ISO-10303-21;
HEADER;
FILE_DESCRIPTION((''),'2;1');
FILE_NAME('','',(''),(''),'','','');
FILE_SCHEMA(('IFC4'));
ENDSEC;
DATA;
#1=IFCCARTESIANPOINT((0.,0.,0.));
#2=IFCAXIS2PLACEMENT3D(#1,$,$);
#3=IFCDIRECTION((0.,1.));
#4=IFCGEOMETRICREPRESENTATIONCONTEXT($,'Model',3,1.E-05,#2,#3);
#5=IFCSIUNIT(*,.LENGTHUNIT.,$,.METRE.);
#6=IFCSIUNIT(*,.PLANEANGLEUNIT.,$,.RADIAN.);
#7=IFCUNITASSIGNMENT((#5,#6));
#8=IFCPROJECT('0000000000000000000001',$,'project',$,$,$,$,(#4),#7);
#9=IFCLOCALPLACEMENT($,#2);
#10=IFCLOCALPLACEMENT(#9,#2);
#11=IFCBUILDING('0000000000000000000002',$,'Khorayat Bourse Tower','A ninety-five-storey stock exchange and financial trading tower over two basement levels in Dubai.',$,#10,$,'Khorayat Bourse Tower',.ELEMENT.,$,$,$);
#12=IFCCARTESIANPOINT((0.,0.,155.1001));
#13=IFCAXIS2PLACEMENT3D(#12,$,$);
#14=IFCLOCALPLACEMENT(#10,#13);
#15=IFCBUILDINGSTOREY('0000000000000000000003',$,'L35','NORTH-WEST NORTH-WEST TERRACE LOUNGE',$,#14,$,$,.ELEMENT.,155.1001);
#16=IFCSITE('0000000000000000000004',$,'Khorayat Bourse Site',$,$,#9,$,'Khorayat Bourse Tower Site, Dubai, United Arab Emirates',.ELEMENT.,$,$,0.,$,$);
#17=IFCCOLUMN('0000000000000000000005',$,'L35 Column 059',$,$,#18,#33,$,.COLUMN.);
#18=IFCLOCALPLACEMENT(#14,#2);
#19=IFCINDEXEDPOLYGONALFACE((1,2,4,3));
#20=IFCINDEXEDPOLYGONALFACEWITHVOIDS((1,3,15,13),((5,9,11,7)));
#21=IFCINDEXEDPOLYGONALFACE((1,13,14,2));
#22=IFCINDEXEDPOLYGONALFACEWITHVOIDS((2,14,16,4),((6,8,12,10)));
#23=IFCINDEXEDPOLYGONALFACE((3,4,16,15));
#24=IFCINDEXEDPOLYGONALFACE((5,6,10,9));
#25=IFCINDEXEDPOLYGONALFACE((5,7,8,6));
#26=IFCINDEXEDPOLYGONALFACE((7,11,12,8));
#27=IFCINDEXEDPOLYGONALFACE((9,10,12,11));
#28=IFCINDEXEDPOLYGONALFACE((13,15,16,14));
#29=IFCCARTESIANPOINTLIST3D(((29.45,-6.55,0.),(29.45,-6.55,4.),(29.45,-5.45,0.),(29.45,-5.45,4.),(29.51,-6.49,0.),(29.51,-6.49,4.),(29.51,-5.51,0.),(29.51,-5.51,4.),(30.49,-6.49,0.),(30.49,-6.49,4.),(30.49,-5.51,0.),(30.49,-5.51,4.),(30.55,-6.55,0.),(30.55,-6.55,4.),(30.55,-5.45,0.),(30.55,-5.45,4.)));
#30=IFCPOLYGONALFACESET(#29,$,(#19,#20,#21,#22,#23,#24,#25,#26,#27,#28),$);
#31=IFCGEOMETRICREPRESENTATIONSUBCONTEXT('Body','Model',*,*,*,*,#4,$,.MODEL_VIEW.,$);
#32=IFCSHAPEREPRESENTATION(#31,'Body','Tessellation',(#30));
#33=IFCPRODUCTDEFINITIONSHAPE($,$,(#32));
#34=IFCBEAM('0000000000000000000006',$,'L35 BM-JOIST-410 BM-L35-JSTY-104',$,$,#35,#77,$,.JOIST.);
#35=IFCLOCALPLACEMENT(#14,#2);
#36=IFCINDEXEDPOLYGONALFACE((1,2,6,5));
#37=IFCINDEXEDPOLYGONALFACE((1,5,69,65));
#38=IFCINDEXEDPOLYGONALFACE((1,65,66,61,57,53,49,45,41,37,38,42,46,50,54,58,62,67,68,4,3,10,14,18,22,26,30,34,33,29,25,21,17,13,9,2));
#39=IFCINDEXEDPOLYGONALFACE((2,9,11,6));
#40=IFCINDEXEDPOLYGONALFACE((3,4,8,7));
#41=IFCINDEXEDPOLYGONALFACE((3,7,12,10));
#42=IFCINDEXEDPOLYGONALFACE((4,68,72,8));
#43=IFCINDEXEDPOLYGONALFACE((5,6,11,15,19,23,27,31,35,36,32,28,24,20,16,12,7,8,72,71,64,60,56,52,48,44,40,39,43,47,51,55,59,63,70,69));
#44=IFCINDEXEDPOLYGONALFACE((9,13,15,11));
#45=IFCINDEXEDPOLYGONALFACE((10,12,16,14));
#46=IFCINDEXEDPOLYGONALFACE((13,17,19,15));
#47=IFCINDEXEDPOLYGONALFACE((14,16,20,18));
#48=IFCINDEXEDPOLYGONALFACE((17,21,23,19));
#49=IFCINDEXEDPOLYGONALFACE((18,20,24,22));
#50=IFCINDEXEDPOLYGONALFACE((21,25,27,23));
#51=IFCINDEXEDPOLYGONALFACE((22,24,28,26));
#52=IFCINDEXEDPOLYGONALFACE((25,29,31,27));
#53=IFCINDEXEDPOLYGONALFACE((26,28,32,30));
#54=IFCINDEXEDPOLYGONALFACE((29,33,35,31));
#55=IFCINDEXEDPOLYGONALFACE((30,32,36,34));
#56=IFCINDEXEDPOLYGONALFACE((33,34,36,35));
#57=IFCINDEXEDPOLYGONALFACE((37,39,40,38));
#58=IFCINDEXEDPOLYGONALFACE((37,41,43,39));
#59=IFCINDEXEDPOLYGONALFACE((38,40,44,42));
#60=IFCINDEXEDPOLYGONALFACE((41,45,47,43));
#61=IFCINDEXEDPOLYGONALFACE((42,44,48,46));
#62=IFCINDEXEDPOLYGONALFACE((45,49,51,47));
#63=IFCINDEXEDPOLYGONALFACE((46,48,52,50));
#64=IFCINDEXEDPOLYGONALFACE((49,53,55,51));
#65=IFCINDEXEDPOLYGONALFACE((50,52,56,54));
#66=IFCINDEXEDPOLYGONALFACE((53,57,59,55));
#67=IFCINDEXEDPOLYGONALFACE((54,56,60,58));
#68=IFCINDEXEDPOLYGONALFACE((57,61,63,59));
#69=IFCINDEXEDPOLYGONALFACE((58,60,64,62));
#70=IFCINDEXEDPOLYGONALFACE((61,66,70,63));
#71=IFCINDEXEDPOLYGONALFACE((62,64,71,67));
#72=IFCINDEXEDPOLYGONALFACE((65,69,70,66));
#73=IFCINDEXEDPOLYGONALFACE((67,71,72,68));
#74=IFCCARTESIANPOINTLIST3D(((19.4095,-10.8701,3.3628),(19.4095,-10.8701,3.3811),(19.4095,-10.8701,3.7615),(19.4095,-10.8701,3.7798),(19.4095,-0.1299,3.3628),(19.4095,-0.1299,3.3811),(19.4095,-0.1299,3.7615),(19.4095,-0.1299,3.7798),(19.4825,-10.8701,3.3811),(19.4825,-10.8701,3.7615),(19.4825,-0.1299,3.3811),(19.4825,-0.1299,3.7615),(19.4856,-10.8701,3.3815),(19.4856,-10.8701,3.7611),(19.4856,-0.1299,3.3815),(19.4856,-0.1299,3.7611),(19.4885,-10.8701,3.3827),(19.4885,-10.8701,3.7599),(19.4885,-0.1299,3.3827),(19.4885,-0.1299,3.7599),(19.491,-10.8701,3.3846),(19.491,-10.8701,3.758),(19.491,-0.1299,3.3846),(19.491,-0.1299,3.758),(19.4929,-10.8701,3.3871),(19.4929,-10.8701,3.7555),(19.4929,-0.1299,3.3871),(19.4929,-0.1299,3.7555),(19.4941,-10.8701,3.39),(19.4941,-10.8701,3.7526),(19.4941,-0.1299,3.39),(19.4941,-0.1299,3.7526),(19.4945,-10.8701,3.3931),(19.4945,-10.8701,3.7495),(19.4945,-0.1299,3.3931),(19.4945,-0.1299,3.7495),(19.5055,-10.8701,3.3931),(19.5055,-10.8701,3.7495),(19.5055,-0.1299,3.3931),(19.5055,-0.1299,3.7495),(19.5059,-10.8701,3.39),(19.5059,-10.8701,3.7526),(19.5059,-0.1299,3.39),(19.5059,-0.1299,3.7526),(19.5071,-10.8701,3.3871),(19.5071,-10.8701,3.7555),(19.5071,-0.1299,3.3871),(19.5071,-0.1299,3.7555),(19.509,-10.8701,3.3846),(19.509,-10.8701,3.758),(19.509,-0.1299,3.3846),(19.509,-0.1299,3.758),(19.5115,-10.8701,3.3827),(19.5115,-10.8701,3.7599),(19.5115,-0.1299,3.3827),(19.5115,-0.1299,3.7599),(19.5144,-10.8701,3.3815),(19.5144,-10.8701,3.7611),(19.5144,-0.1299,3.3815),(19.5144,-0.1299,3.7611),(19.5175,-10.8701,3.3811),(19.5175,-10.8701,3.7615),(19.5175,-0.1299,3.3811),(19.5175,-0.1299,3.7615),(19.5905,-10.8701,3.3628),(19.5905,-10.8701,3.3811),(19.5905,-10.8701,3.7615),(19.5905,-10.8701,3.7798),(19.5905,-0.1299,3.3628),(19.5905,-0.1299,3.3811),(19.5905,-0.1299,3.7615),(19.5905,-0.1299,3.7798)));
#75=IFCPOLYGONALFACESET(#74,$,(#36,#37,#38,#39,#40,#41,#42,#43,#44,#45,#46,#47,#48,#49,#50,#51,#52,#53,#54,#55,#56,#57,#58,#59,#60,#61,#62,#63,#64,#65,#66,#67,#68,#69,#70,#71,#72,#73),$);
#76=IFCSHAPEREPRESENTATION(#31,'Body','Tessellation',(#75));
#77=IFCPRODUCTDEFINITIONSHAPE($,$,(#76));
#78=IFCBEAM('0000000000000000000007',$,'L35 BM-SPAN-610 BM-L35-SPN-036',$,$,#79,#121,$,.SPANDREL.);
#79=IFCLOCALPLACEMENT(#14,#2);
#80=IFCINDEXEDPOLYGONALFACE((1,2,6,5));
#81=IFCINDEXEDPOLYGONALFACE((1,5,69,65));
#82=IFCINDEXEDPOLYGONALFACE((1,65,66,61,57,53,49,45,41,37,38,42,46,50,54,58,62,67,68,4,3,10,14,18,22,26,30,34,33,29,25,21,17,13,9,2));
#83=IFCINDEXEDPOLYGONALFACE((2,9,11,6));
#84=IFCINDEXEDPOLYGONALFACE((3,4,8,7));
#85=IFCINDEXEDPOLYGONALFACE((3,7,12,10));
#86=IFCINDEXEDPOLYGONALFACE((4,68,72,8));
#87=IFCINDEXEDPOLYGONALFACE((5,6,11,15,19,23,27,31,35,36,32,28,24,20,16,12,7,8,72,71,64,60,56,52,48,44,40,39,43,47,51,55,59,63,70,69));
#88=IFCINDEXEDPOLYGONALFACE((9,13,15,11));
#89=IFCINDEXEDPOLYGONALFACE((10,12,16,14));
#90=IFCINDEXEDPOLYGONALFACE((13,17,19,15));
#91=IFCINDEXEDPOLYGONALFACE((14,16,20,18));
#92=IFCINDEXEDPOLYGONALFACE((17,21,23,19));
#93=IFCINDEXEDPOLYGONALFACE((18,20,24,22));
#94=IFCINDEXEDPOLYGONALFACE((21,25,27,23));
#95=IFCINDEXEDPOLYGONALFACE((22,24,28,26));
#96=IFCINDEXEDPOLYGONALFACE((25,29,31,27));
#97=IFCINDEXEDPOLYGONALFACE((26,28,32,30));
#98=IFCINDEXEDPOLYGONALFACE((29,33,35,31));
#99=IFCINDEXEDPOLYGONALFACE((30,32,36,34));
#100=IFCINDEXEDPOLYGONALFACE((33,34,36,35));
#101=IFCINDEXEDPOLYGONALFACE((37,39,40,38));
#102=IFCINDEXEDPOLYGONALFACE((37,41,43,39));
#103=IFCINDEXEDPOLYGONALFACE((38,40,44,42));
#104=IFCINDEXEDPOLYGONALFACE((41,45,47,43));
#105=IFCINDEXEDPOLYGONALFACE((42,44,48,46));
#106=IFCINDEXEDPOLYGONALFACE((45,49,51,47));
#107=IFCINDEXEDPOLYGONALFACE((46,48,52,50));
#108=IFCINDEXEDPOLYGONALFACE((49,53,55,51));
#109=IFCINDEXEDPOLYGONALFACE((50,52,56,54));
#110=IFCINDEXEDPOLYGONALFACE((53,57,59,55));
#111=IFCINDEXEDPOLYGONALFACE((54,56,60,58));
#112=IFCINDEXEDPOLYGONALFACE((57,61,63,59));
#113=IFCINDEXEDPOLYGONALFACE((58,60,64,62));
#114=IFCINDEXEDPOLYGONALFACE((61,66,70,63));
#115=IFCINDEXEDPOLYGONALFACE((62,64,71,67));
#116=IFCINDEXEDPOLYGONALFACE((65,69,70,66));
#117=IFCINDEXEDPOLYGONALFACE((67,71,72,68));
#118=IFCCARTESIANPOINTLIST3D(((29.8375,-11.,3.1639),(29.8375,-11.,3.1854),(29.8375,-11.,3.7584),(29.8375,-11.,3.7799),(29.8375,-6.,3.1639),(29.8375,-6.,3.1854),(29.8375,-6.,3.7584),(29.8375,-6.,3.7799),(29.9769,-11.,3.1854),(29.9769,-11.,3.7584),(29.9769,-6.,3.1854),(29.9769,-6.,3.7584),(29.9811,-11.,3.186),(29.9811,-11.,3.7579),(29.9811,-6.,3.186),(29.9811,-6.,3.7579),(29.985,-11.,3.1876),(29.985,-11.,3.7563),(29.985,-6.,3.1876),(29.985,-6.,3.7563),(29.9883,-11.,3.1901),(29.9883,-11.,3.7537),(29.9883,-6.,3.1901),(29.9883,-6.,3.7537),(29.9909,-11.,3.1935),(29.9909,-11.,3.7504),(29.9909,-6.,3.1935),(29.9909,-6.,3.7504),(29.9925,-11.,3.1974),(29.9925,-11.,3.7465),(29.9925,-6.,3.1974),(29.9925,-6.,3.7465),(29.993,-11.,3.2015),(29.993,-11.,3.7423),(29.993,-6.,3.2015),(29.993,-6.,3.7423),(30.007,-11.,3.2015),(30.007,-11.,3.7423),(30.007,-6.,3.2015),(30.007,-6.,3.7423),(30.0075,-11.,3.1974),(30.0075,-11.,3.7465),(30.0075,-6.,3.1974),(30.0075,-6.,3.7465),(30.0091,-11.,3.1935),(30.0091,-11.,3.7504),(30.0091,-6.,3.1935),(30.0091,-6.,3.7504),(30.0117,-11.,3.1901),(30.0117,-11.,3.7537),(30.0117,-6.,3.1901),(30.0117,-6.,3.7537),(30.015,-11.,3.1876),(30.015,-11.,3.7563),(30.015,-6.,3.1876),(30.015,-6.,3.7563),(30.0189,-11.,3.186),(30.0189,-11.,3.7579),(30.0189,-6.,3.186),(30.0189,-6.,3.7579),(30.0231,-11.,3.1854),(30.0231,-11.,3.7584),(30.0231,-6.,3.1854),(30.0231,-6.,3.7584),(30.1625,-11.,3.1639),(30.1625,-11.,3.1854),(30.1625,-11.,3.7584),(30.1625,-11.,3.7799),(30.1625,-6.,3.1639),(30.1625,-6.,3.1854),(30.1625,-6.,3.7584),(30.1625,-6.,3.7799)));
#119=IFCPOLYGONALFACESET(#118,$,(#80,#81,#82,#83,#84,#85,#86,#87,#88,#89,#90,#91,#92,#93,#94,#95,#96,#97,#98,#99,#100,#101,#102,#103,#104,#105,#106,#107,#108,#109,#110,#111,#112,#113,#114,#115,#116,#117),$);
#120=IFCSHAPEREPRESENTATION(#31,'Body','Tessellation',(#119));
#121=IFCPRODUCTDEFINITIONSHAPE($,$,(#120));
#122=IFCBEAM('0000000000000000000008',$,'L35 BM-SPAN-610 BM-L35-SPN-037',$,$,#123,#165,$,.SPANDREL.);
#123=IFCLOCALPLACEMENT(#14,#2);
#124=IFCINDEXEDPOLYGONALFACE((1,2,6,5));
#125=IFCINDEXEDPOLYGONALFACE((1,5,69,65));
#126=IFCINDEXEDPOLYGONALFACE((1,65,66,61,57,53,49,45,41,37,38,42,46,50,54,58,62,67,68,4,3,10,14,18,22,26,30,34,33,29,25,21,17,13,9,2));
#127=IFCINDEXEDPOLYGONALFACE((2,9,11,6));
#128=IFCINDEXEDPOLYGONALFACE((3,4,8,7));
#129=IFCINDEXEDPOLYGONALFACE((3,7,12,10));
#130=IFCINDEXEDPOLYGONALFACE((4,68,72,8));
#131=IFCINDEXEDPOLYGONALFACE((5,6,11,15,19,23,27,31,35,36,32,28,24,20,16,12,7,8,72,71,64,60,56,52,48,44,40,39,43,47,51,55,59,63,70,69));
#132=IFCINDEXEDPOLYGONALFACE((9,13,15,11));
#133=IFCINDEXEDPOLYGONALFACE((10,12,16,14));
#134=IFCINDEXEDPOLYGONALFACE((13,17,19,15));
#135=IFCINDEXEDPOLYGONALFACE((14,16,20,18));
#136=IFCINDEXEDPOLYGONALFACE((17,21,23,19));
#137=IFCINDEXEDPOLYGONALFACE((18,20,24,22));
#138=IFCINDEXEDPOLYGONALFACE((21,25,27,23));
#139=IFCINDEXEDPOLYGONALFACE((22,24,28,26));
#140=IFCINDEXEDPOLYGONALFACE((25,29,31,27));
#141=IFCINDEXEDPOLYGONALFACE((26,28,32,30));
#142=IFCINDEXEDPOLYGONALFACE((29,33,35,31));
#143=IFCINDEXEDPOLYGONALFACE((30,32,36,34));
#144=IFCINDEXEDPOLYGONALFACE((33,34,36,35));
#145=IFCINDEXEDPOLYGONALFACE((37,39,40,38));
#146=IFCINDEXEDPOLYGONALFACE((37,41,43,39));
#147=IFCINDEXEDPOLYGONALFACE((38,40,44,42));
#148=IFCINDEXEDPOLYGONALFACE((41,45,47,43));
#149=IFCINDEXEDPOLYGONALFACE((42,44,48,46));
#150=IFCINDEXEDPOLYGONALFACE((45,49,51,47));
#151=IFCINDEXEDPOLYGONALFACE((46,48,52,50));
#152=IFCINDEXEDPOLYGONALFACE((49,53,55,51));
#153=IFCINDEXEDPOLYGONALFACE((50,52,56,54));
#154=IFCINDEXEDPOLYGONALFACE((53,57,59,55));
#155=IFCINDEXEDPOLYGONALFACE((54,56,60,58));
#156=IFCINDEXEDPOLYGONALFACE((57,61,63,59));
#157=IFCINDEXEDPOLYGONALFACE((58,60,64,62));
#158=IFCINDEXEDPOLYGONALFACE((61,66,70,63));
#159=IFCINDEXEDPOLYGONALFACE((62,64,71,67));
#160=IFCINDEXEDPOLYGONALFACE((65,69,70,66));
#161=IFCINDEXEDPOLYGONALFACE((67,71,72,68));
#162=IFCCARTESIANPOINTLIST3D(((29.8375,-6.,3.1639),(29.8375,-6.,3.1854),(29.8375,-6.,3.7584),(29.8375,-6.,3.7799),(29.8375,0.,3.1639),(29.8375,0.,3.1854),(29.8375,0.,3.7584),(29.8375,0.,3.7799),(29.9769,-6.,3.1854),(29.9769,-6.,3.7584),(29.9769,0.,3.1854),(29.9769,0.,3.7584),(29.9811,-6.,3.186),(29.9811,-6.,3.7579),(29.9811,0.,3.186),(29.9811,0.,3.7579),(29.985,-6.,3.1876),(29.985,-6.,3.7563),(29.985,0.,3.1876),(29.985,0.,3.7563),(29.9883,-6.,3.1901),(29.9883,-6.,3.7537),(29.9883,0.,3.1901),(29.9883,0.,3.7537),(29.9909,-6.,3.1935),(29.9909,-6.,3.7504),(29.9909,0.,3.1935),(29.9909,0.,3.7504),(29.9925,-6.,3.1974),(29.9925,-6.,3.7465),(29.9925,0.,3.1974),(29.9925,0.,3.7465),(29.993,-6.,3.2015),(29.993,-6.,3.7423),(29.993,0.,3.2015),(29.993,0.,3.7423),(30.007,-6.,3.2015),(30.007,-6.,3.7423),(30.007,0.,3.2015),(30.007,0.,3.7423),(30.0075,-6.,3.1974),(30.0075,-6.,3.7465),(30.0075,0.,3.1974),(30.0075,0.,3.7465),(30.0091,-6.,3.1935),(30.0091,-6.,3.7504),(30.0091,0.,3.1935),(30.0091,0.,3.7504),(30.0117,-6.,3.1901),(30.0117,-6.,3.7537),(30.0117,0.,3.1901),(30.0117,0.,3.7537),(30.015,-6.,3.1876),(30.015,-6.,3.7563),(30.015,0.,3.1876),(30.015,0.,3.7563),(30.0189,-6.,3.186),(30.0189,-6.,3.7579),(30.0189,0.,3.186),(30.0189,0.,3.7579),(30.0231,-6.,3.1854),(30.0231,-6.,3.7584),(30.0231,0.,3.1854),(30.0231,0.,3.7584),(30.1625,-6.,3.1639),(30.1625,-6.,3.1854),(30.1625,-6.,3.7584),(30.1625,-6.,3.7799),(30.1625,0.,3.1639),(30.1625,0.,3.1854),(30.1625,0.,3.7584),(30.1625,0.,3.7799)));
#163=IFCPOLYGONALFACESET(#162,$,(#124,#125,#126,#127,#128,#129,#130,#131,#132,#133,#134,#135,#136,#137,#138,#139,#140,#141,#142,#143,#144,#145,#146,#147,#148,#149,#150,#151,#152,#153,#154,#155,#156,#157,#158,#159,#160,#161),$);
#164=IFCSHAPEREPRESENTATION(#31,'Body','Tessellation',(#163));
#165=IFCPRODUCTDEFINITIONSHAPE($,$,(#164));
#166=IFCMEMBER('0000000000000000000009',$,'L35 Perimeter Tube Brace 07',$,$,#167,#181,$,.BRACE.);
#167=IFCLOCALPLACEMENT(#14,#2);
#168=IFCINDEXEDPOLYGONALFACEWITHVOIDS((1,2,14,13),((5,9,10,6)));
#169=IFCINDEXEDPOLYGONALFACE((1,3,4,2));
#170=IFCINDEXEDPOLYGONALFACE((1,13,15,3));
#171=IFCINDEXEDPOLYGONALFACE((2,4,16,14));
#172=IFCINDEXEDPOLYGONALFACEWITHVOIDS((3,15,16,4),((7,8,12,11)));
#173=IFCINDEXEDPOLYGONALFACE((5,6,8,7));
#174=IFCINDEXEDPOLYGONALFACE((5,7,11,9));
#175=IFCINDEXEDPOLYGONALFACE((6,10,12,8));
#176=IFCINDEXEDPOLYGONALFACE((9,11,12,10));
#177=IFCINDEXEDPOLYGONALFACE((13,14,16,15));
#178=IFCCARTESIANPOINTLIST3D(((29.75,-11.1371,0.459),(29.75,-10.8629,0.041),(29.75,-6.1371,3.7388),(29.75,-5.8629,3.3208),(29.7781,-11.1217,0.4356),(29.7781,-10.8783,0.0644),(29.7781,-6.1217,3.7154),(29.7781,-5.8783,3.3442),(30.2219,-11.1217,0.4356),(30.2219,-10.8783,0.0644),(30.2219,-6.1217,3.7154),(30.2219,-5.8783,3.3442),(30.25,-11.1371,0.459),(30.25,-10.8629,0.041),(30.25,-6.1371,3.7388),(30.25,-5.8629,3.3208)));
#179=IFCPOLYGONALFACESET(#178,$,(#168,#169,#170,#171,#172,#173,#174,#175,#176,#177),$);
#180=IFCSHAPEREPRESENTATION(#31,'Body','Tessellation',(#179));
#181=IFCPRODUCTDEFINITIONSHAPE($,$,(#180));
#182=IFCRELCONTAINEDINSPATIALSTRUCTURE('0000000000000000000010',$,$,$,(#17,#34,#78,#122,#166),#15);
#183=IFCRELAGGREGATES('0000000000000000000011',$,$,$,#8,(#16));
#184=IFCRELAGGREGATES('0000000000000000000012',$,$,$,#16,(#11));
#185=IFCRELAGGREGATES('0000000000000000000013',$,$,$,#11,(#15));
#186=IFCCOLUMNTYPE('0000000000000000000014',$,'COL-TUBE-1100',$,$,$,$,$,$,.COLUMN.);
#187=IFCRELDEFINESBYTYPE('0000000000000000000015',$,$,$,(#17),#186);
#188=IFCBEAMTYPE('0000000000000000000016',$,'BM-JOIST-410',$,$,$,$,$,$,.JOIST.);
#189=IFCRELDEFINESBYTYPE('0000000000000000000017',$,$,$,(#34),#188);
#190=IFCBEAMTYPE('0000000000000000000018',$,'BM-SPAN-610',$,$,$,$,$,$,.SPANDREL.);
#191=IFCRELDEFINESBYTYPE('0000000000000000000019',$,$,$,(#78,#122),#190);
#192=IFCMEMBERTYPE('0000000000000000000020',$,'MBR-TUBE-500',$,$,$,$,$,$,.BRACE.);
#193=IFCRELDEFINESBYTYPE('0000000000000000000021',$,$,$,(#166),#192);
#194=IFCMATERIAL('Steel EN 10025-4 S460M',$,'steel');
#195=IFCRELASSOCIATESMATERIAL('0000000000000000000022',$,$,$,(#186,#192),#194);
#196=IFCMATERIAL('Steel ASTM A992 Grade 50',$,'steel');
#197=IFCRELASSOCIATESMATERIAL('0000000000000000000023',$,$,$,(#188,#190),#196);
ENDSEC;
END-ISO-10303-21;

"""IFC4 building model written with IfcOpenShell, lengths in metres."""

from ifc_helpers import new_model, si_unit, direction, frame, origin, origin_2d, place, context, subcontext, project, spatial, hollow_rectangle, i_section, extrude, source, transform, mapped, material, material_profile, profile_set, type_object, element, save


model = new_model("IFC4")

# Units and contexts
model_context = context("Model", 3, precision=1e-05, world=origin(), true_north=direction((0.0, 1.0)))
body_context = subcontext(model_context, "Body", "Model", "MODEL_VIEW")
ifc_project = project(units=[si_unit("LENGTHUNIT", "METRE"), si_unit("PLANEANGLEUNIT", "RADIAN")], contexts=[model_context])

# Site, building, storey
site_placement = place(None, origin())
site = spatial("IfcSite", under=ifc_project, at=site_placement, Name="Khorayat Bourse Site", LongName="Khorayat Bourse Tower Site, Dubai, United Arab Emirates", CompositionType="ELEMENT", RefElevation=0.0)
building_placement = place(site_placement, origin())
building = spatial("IfcBuilding", under=site, at=building_placement, Name="Khorayat Bourse Tower", Description="A ninety-five-storey stock exchange and financial trading tower over two basement levels in Dubai.", LongName="Khorayat Bourse Tower", CompositionType="ELEMENT")
storey_placement = place(building_placement, frame((0.0, 0.0, 155.1001)))
storey = spatial("IfcBuildingStorey", under=building, at=storey_placement, Name="L35", Description="NORTH-WEST NORTH-WEST TERRACE LOUNGE", CompositionType="ELEMENT", Elevation=155.1001)

# Column
ifc_material_1 = material(Name="Steel EN 10025-4 S460M", Category="steel")
ifc_material_profile_1 = material_profile(ifc_material_1, hollow_rectangle(XDim=1.1001, YDim=1.1001, WallThickness=0.0601, at=origin_2d()), Name="BOX 1100x1100x60")
ifc_profile_set_1 = profile_set([ifc_material_profile_1], Name="Steel EN 10025-4 S460M")
column_type = type_object("IfcColumnType", Name="COL-TUBE-1100", PredefinedType="COLUMN", material=ifc_profile_set_1)
shared_shape_1 = source(origin(), body_context, "Body", "SweptSolid", [
    extrude(hollow_rectangle(XDim=1.1001, YDim=1.1001, WallThickness=0.0601, at=origin_2d()), origin(), (0.0, 0.0, 1.0), 4.0),
])
column_placement = place(storey_placement, frame((30.0, -6.0, 0.0), z_axis=(0.0, 0.0, 1.0), x_axis=(1.0, 0.0, 0.0)))
element("IfcColumn", 1, at=column_placement, inside=storey, type_object=column_type, Name="L35 Column 059", PredefinedType="COLUMN", context=body_context, shape_type="MappedRepresentation", body=[
    mapped(shared_shape_1, transform((0.0, 0.0, 0.0), scale=1.0)),
])

# Beams
ifc_material_2 = material(Name="Steel ASTM A992 Grade 50", Category="steel")
ifc_material_profile_2 = material_profile(ifc_material_2, i_section(OverallWidth=0.1809, OverallDepth=0.417, WebThickness=0.011, FlangeThickness=0.0183, FilletRadius=0.012, at=origin_2d()), Name="W410X85")
ifc_profile_set_2 = profile_set([ifc_material_profile_2], Name="Steel ASTM A992 Grade 50")
beam_type_1 = type_object("IfcBeamType", Name="BM-JOIST-410", PredefinedType="JOIST", material=ifc_profile_set_2)
shared_shape_2 = source(origin(), body_context, "Body", "SweptSolid", [
    extrude(i_section(OverallWidth=0.1809, OverallDepth=0.417, WebThickness=0.011, FlangeThickness=0.0183, FilletRadius=0.012, at=origin_2d()), origin(), (0.0, 0.0, 1.0), 10.7402),
])
beam_1_placement = place(storey_placement, frame((19.5, -10.8701, 3.5713), z_axis=(0.0, 1.0, 0.0), x_axis=(-1.0, 0.0, 0.0)))
element("IfcBeam", 2, at=beam_1_placement, inside=storey, type_object=beam_type_1, Name="L35 BM-JOIST-410 BM-L35-JSTY-104", PredefinedType="JOIST", context=body_context, shape_type="MappedRepresentation", body=[
    mapped(shared_shape_2, transform((0.0, 0.0, 0.0), scale=1.0)),
])
ifc_material_profile_3 = material_profile(ifc_material_2, i_section(OverallWidth=0.325, OverallDepth=0.616, WebThickness=0.0139, FlangeThickness=0.0215, FilletRadius=0.0161, at=origin_2d()), Name="W610X174")
ifc_profile_set_3 = profile_set([ifc_material_profile_3], Name="Steel ASTM A992 Grade 50")
beam_type_2 = type_object("IfcBeamType", Name="BM-SPAN-610", PredefinedType="SPANDREL", material=ifc_profile_set_3)
shared_shape_3 = source(origin(), body_context, "Body", "SweptSolid", [
    extrude(i_section(OverallWidth=0.325, OverallDepth=0.616, WebThickness=0.0139, FlangeThickness=0.0215, FilletRadius=0.0161, at=origin_2d()), origin(), (0.0, 0.0, 1.0), 5.0),
])
beam_2_placement = place(storey_placement, frame((30.0, -11.0, 3.4719), z_axis=(0.0, 1.0, 0.0), x_axis=(-1.0, 0.0, 0.0)))
element("IfcBeam", 3, at=beam_2_placement, inside=storey, type_object=beam_type_2, Name="L35 BM-SPAN-610 BM-L35-SPN-036", PredefinedType="SPANDREL", context=body_context, shape_type="MappedRepresentation", body=[
    mapped(shared_shape_3, transform((0.0, 0.0, 0.0), scale=1.0)),
])
shared_shape_4 = source(origin(), body_context, "Body", "SweptSolid", [
    extrude(i_section(OverallWidth=0.325, OverallDepth=0.616, WebThickness=0.0139, FlangeThickness=0.0215, FilletRadius=0.0161, at=origin_2d()), origin(), (0.0, 0.0, 1.0), 6.0),
])
beam_3_placement = place(storey_placement, frame((30.0, -6.0, 3.4719), z_axis=(0.0, 1.0, 0.0), x_axis=(-1.0, 0.0, 0.0)))
element("IfcBeam", 4, at=beam_3_placement, inside=storey, type_object=beam_type_2, Name="L35 BM-SPAN-610 BM-L35-SPN-037", PredefinedType="SPANDREL", context=body_context, shape_type="MappedRepresentation", body=[
    mapped(shared_shape_4, transform((0.0, 0.0, 0.0), scale=1.0)),
])

# Member
ifc_material_profile_4 = material_profile(ifc_material_1, hollow_rectangle(XDim=0.5, YDim=0.5, WallThickness=0.0281, at=origin_2d()), Name="HSS 500x500x28")
ifc_profile_set_4 = profile_set([ifc_material_profile_4], Name="Steel EN 10025-4 S460M")
member_type = type_object("IfcMemberType", Name="MBR-TUBE-500", PredefinedType="BRACE", material=ifc_profile_set_4)
shared_shape_5 = source(origin(), body_context, "Body", "SweptSolid", [
    extrude(hollow_rectangle(XDim=0.5, YDim=0.5, WallThickness=0.0281, at=origin_2d()), origin(), (0.0, 0.0, 1.0), 5.9797),
])
member_placement = place(storey_placement, frame((30.0, -11.0, 0.25), z_axis=(0.0, 0.83616, 0.548485), x_axis=(-1.0, 0.0, 0.0)))
element("IfcMember", 5, at=member_placement, inside=storey, type_object=member_type, Name="L35 Perimeter Tube Brace 07", PredefinedType="BRACE", context=body_context, shape_type="MappedRepresentation", body=[
    mapped(shared_shape_5, transform((0.0, 0.0, 0.0), scale=1.0)),
])

save(model, "model.ifc")
